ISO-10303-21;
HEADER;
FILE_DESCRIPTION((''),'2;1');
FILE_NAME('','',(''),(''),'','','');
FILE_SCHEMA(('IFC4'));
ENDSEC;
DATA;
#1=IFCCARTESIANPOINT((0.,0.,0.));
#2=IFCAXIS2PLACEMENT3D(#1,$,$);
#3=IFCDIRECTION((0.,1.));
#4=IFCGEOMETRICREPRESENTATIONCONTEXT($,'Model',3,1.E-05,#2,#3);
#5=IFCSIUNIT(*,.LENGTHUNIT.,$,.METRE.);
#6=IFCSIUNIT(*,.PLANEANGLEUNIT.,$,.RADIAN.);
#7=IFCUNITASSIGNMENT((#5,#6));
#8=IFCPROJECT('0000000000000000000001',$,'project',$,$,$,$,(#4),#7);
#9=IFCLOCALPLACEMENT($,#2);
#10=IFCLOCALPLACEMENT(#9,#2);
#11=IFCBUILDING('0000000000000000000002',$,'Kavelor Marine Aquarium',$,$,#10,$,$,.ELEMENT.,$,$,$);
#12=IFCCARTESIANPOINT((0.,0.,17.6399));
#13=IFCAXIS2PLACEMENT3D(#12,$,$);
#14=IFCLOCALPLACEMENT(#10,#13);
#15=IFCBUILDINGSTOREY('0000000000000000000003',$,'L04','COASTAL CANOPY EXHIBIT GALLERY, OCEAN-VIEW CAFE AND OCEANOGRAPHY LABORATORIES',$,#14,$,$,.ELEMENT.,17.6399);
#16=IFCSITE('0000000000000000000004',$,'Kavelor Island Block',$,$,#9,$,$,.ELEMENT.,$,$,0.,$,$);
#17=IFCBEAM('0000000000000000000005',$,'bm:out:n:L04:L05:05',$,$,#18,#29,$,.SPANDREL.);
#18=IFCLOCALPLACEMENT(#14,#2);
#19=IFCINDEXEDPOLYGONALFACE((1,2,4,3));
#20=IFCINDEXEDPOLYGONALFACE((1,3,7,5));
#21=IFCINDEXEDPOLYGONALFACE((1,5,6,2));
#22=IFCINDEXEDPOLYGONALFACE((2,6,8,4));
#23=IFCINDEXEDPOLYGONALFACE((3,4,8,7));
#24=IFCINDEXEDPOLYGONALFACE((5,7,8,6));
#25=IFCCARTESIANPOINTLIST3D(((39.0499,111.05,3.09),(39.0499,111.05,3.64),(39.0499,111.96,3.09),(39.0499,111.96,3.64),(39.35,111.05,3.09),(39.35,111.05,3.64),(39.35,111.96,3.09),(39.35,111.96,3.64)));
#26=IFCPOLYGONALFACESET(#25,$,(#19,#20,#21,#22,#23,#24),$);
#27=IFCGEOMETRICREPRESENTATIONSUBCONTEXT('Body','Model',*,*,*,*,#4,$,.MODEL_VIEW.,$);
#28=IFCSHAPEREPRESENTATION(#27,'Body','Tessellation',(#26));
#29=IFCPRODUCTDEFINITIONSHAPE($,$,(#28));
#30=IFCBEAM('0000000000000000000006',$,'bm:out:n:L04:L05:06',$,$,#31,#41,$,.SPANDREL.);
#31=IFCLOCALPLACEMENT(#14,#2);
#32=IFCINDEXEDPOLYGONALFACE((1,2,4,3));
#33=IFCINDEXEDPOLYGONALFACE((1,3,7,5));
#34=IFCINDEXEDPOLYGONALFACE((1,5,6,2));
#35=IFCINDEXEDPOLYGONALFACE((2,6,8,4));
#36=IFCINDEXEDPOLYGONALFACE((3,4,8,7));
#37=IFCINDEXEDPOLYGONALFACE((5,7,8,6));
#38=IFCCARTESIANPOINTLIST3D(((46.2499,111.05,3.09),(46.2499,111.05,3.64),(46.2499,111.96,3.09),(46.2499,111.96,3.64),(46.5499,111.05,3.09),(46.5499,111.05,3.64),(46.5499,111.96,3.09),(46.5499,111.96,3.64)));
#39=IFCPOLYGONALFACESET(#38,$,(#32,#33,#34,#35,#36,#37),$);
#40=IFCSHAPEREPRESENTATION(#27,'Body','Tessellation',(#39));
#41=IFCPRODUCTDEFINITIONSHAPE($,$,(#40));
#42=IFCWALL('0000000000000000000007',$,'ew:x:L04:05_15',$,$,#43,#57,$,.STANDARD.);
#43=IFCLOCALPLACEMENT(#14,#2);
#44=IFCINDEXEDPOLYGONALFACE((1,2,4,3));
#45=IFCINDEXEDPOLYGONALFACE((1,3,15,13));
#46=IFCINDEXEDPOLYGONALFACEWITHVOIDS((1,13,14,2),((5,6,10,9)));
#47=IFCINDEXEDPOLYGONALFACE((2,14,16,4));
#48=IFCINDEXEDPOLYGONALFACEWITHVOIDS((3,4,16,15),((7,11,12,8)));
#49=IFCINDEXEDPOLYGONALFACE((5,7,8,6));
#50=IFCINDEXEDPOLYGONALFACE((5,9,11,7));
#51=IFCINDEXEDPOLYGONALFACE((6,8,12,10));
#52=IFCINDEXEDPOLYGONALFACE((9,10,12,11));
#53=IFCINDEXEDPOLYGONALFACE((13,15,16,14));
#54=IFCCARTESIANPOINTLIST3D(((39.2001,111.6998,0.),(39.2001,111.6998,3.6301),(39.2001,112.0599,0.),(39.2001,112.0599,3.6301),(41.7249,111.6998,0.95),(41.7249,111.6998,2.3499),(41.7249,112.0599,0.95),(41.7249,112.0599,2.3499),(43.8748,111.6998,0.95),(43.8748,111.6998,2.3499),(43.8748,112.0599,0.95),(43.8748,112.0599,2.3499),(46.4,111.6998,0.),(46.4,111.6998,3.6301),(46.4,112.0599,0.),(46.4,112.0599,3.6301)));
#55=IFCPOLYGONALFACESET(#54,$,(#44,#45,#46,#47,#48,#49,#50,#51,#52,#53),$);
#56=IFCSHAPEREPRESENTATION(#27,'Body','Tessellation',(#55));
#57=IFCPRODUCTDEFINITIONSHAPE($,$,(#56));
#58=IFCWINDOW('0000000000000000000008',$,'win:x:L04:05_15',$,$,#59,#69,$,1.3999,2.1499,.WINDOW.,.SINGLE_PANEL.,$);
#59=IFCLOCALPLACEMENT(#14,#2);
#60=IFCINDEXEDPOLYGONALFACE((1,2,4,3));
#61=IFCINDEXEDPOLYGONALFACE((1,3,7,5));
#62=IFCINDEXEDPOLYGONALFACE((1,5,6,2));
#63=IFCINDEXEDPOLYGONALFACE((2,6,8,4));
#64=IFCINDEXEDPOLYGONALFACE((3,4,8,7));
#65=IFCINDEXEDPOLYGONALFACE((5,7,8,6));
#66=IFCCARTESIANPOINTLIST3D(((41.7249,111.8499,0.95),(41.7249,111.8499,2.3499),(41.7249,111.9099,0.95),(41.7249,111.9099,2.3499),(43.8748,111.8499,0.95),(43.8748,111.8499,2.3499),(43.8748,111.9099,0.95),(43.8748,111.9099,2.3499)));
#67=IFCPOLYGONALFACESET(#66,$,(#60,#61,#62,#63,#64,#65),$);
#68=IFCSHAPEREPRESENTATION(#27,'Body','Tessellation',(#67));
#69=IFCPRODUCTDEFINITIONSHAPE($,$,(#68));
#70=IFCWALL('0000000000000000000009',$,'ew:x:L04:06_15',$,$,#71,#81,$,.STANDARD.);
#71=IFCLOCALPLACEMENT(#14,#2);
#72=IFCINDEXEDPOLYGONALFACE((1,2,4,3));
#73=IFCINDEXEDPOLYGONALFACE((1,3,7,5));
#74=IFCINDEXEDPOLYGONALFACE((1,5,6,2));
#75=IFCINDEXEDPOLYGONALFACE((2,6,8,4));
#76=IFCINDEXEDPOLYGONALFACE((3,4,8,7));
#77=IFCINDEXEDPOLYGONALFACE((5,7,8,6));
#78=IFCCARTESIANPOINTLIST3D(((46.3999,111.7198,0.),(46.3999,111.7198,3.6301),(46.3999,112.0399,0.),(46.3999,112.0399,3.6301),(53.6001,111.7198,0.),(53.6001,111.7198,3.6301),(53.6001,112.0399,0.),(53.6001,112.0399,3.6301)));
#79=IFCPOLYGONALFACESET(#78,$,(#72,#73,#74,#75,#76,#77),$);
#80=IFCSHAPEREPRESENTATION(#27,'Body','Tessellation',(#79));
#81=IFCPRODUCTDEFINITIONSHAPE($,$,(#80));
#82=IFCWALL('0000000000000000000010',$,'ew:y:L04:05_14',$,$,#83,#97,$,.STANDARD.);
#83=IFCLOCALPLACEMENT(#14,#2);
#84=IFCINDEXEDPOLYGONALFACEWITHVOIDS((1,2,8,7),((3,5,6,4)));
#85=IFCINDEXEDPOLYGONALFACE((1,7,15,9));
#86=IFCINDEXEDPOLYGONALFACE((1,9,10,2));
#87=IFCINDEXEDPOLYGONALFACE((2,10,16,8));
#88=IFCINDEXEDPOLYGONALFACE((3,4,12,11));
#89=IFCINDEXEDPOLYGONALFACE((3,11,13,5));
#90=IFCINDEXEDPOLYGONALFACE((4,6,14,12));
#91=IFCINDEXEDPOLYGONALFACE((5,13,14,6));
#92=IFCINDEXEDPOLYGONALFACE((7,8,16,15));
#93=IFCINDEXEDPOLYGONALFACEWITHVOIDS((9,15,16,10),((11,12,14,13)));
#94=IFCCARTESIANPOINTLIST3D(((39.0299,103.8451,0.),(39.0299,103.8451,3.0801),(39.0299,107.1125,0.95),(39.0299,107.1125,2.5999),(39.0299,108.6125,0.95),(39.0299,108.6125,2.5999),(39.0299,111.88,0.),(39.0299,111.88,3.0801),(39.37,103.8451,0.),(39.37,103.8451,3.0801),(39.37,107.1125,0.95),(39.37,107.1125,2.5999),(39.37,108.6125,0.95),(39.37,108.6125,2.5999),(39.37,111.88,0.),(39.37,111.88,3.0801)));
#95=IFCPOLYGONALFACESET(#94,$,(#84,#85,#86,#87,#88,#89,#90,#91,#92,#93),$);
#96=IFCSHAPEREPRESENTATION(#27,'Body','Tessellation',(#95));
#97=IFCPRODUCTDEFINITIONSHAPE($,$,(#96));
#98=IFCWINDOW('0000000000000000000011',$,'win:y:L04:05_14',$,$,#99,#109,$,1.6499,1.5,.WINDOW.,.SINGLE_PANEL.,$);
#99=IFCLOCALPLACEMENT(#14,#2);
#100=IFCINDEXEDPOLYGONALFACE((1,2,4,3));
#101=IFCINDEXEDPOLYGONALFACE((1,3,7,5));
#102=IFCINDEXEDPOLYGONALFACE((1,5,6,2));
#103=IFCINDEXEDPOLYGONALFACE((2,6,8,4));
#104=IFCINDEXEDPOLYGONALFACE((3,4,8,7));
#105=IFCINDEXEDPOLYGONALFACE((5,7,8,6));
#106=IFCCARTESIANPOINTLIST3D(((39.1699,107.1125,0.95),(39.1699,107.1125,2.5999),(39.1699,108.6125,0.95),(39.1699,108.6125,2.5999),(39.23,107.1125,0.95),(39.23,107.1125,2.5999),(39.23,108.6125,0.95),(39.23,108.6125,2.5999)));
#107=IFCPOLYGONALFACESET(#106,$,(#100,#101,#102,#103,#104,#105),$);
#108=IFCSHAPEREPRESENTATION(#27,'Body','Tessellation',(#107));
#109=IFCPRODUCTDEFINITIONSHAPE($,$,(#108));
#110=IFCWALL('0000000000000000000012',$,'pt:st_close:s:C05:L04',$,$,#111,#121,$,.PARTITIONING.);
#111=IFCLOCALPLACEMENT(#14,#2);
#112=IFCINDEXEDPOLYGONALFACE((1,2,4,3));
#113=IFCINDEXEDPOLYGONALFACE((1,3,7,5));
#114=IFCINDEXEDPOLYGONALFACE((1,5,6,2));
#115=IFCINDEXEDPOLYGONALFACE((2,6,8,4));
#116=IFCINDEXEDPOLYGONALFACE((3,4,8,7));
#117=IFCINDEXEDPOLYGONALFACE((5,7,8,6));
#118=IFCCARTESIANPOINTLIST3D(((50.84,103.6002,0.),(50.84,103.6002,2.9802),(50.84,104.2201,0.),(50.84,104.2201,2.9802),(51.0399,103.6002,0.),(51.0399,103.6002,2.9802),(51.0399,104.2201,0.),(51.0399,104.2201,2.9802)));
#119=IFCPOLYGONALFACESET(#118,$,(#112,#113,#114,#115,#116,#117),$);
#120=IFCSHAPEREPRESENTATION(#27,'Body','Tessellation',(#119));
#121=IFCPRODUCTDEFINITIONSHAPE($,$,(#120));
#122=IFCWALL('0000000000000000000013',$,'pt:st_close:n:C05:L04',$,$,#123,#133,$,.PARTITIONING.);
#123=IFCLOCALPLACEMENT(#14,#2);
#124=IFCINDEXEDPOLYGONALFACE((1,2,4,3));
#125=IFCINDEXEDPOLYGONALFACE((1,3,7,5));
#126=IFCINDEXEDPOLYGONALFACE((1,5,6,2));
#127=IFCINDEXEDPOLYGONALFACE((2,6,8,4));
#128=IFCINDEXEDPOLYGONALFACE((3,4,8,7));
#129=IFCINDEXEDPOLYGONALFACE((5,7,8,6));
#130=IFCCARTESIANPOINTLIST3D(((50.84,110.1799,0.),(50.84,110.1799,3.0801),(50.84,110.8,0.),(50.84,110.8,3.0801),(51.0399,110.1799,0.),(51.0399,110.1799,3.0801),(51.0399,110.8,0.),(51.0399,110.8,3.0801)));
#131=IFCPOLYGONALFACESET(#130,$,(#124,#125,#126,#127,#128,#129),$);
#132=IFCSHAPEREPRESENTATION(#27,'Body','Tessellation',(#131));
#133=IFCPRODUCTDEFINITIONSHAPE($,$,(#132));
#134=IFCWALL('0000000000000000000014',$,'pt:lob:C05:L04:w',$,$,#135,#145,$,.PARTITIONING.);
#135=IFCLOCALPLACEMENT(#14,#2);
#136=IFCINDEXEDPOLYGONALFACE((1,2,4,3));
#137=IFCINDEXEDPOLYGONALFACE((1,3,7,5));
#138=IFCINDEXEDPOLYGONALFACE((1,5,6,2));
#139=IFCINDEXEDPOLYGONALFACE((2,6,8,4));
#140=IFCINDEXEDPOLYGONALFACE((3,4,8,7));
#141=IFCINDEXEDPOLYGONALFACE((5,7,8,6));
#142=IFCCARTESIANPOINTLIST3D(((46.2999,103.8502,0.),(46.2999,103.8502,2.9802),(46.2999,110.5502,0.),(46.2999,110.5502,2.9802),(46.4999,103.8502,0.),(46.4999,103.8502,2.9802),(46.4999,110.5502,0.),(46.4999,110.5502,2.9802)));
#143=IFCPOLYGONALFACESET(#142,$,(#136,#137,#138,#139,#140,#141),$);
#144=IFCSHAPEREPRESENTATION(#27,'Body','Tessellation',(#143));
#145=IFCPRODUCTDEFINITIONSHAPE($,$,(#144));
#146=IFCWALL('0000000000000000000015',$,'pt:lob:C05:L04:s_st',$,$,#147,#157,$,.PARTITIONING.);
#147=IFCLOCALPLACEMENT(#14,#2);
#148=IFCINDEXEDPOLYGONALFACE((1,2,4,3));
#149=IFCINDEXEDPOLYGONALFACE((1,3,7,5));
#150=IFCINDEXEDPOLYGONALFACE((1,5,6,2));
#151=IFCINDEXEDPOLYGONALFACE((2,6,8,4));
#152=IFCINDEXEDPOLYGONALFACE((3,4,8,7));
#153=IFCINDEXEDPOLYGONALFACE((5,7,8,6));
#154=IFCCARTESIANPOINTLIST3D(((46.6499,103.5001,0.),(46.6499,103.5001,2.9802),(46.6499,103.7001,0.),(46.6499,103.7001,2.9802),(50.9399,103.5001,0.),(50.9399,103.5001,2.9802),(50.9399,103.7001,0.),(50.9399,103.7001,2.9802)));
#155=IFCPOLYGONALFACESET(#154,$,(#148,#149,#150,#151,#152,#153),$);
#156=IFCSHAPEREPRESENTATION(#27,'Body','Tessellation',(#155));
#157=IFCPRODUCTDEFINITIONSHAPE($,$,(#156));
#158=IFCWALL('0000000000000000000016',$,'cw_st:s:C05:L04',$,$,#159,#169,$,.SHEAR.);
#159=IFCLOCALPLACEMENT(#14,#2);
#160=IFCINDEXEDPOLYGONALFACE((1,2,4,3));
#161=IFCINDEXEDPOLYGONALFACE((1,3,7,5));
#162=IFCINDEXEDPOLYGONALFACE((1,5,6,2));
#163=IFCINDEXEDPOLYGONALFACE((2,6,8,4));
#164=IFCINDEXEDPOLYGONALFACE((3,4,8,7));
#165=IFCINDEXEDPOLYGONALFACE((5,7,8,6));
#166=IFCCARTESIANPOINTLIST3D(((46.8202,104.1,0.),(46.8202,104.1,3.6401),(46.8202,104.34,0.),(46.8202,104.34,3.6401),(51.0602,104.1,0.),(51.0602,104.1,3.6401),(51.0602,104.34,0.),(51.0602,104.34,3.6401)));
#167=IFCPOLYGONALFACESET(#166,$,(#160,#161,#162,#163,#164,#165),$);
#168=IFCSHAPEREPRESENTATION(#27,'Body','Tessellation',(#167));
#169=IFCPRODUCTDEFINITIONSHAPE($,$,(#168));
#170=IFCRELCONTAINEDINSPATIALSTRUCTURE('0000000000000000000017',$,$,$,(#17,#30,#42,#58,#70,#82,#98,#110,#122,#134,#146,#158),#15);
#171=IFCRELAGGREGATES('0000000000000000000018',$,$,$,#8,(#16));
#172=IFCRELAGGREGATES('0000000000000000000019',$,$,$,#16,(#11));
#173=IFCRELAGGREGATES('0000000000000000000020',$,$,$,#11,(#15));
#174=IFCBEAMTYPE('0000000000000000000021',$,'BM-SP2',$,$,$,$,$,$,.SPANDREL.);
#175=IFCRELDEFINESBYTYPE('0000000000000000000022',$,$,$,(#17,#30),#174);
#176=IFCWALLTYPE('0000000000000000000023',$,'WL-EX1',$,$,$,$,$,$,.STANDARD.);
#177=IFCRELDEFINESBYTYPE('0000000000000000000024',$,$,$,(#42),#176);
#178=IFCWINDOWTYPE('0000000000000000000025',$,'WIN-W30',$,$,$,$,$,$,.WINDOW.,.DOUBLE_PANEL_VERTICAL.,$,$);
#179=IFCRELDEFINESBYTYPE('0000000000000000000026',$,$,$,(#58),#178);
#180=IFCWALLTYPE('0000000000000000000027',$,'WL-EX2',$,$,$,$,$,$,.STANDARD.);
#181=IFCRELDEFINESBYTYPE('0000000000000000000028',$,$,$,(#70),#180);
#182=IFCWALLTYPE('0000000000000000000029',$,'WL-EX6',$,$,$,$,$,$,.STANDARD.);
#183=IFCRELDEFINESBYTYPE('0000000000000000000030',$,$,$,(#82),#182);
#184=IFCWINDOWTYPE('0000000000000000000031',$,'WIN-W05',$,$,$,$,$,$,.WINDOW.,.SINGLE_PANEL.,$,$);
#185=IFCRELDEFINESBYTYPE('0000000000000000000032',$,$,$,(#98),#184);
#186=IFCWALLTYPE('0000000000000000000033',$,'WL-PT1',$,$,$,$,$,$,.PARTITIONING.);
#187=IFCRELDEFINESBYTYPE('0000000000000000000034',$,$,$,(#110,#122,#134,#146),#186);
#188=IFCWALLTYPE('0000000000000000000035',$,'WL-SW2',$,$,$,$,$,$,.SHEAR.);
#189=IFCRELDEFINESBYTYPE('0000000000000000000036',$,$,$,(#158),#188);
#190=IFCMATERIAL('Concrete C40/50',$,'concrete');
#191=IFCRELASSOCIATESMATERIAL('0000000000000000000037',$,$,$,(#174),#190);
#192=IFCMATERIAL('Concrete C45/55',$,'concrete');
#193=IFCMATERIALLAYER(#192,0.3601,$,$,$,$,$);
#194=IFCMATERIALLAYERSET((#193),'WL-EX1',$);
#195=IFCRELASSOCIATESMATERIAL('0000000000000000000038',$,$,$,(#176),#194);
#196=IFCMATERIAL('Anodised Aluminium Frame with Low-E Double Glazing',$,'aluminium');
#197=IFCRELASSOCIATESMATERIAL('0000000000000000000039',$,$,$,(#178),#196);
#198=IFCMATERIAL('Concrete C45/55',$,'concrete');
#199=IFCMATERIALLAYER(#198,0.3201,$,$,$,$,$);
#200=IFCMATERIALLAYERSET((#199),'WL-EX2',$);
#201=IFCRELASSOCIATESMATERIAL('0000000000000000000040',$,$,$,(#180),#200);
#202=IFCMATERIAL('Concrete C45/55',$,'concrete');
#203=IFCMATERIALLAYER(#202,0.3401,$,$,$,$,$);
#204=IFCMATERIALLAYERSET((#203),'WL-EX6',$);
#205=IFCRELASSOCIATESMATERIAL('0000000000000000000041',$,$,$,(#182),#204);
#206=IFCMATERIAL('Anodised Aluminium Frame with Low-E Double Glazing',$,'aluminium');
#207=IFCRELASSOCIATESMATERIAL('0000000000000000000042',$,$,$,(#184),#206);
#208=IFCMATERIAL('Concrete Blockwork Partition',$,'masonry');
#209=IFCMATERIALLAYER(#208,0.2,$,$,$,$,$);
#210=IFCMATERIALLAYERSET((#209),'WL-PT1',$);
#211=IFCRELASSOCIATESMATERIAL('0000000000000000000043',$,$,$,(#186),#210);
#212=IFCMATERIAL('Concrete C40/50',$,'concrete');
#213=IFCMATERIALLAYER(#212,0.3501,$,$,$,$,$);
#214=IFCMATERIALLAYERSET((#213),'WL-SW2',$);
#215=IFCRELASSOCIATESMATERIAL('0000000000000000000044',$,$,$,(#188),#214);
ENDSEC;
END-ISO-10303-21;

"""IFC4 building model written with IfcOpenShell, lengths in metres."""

from ifc_helpers import new_model, si_unit, direction, frame, frame_2d, origin, origin_2d, place, context, subcontext, project, spatial, rectangle, extrude, material, layer, layer_set, material_profile, profile_set, type_object, element, fill, save


model = new_model("IFC4")

# Units and contexts
model_context = context("Model", 3, precision=1e-05, world=origin(), true_north=direction((0.0, 1.0)))
body_context = subcontext(model_context, "Body", "Model", "MODEL_VIEW")
ifc_project = project(units=[si_unit("LENGTHUNIT", "METRE"), si_unit("PLANEANGLEUNIT", "RADIAN")], contexts=[model_context])

# Site, building, storey
site_placement = place(None, origin())
site = spatial("IfcSite", under=ifc_project, at=site_placement, Name="Kavelor Island Block", CompositionType="ELEMENT", RefElevation=0.0)
building_placement = place(site_placement, origin())
building = spatial("IfcBuilding", under=site, at=building_placement, Name="Kavelor Marine Aquarium", CompositionType="ELEMENT")
storey_placement = place(building_placement, frame((0.0, 0.0, 17.6399)))
storey = spatial("IfcBuildingStorey", under=building, at=storey_placement, Name="L04", Description="COASTAL CANOPY EXHIBIT GALLERY, OCEAN-VIEW CAFE AND OCEANOGRAPHY LABORATORIES", CompositionType="ELEMENT", Elevation=17.6399)

# Beams
ifc_material_1 = material(Name="Concrete C40/50", Category="concrete")
ifc_material_profile_1 = material_profile(ifc_material_1, rectangle(XDim=0.3, YDim=0.55, at=origin_2d()), Name="RC-SP 300x550")
ifc_profile_set_1 = profile_set([ifc_material_profile_1], Name="Concrete C40/50")
beam_type_1 = type_object("IfcBeamType", Name="BM-SP2", PredefinedType="SPANDREL", material=ifc_profile_set_1)
for number, where, z_axis, x_axis, name in (
    (1, (39.2, 111.05, 3.365), (0.0, 1.0, 0.0), (-1.0, 0.0, 0.0), "bm:out:n:L04:L05:05"),
    (2, (46.3999, 111.05, 3.365), (0.0, 1.0, 0.0), (-1.0, 0.0, 0.0), "bm:out:n:L04:L05:06"),
):
    element("IfcBeam", number, at=place(storey_placement, frame(where, z_axis=z_axis, x_axis=x_axis)), inside=storey, type_object=beam_type_1, Name=name, PredefinedType="SPANDREL", context=body_context, shape_type="SweptSolid", body=[
        extrude(rectangle(XDim=0.3, YDim=0.55, at=origin_2d()), origin(), (0.0, 0.0, 1.0), 0.9099),
    ])

# Wall, opening, window
ifc_material_2 = material(Name="Concrete C45/55", Category="concrete")
ifc_layer_1 = layer(ifc_material_2, 0.3601)
ifc_layer_set_1 = layer_set([ifc_layer_1], Name="WL-EX1")
wall_type_1 = type_object("IfcWallType", Name="WL-EX1", PredefinedType="STANDARD", material=ifc_layer_set_1)
wall_1_placement = place(storey_placement, frame((39.2, 111.8799, 0.0), z_axis=(0.0, 0.0, 1.0), x_axis=(1.0, 0.0, 0.0)))
wall_1 = element("IfcWall", 3, at=wall_1_placement, inside=storey, type_object=wall_type_1, Name="ew:x:L04:05_15", PredefinedType="STANDARD", context=body_context, shape_type="SweptSolid", body=[
    extrude(rectangle(XDim=7.2, YDim=0.3601, at=frame_2d((3.6001, 0.0))), origin(), (0.0, 0.0, 1.0), 3.6301),
])
opening_1_placement = place(wall_1_placement, frame((2.5249, 0.0, 0.95)))
opening_1 = element("IfcOpeningElement", 4, at=opening_1_placement, cuts=wall_1, PredefinedType="OPENING", context=body_context, shape_type="SweptSolid", body=[
    extrude(rectangle(XDim=2.1499, YDim=1.3999, at=frame_2d((1.075, 0.7))), frame((0.0, 0.1899, 0.0), z_axis=(0.0, -1.0, 0.0), x_axis=(1.0, 0.0, 0.0)), (0.0, 0.0, 1.0), 0.3801),
])
ifc_material_3 = material(Name="Anodised Aluminium Frame with Low-E Double Glazing", Category="aluminium")
window_type_1 = type_object("IfcWindowType", Name="WIN-W30", PartitioningType="DOUBLE_PANEL_VERTICAL", PredefinedType="WINDOW", material=ifc_material_3)
window_1_placement = place(opening_1_placement, origin())
window_1 = element("IfcWindow", 5, at=window_1_placement, inside=storey, type_object=window_type_1, Name="win:x:L04:05_15", OverallHeight=1.3999, OverallWidth=2.1499, PartitioningType="SINGLE_PANEL", PredefinedType="WINDOW", context=body_context, shape_type="SweptSolid", body=[
    extrude(rectangle(XDim=2.1499, YDim=1.3999, at=frame_2d((1.075, 0.7))), frame((0.0, 0.03, 0.0), z_axis=(0.0, -1.0, 0.0), x_axis=(1.0, 0.0, 0.0)), (0.0, 0.0, 1.0), 0.0601),
])
fill(opening_1, window_1)

# Wall
ifc_material_4 = material(Name="Concrete C45/55", Category="concrete")
ifc_layer_2 = layer(ifc_material_4, 0.3201)
ifc_layer_set_2 = layer_set([ifc_layer_2], Name="WL-EX2")
wall_type_2 = type_object("IfcWallType", Name="WL-EX2", PredefinedType="STANDARD", material=ifc_layer_set_2)
wall_2_placement = place(storey_placement, frame((46.3999, 111.8799, 0.0), z_axis=(0.0, 0.0, 1.0), x_axis=(1.0, 0.0, 0.0)))
element("IfcWall", 6, at=wall_2_placement, inside=storey, type_object=wall_type_2, Name="ew:x:L04:06_15", PredefinedType="STANDARD", context=body_context, shape_type="SweptSolid", body=[
    extrude(rectangle(XDim=7.2002, YDim=0.3201, at=frame_2d((3.6001, 0.0))), origin(), (0.0, 0.0, 1.0), 3.6301),
])

# Wall, opening, window
ifc_material_5 = material(Name="Concrete C45/55", Category="concrete")
ifc_layer_3 = layer(ifc_material_5, 0.3401)
ifc_layer_set_3 = layer_set([ifc_layer_3], Name="WL-EX6")
wall_type_3 = type_object("IfcWallType", Name="WL-EX6", PredefinedType="STANDARD", material=ifc_layer_set_3)
wall_3_placement = place(storey_placement, frame((39.2, 103.845, 0.0), z_axis=(0.0, 0.0, 1.0), x_axis=(0.0, 1.0, 0.0)))
wall_3 = element("IfcWall", 7, at=wall_3_placement, inside=storey, type_object=wall_type_3, Name="ew:y:L04:05_14", PredefinedType="STANDARD", context=body_context, shape_type="SweptSolid", body=[
    extrude(rectangle(XDim=8.0349, YDim=0.3401, at=frame_2d((4.0176, 0.0))), origin(), (0.0, 0.0, 1.0), 3.0801),
])
opening_2_placement = place(wall_3_placement, frame((3.2676, 0.0, 0.95)))
opening_2 = element("IfcOpeningElement", 8, at=opening_2_placement, cuts=wall_3, PredefinedType="OPENING", context=body_context, shape_type="SweptSolid", body=[
    extrude(rectangle(XDim=1.5, YDim=1.6499, at=frame_2d((0.75, 0.825))), frame((0.0, 0.1799, 0.0), z_axis=(0.0, -1.0, 0.0), x_axis=(1.0, 0.0, 0.0)), (0.0, 0.0, 1.0), 0.3601),
])
ifc_material_6 = material(Name="Anodised Aluminium Frame with Low-E Double Glazing", Category="aluminium")
window_type_2 = type_object("IfcWindowType", Name="WIN-W05", PartitioningType="SINGLE_PANEL", PredefinedType="WINDOW", material=ifc_material_6)
window_2_placement = place(opening_2_placement, origin())
window_2 = element("IfcWindow", 9, at=window_2_placement, inside=storey, type_object=window_type_2, Name="win:y:L04:05_14", OverallHeight=1.6499, OverallWidth=1.5, PartitioningType="SINGLE_PANEL", PredefinedType="WINDOW", context=body_context, shape_type="SweptSolid", body=[
    extrude(rectangle(XDim=1.5, YDim=1.6499, at=frame_2d((0.75, 0.825))), frame((0.0, 0.03, 0.0), z_axis=(0.0, -1.0, 0.0), x_axis=(1.0, 0.0, 0.0)), (0.0, 0.0, 1.0), 0.0601),
])
fill(opening_2, window_2)

# Walls
ifc_material_7 = material(Name="Concrete Blockwork Partition", Category="masonry")
ifc_layer_4 = layer(ifc_material_7, 0.2)
ifc_layer_set_4 = layer_set([ifc_layer_4], Name="WL-PT1")
wall_type_4 = type_object("IfcWallType", Name="WL-PT1", PredefinedType="PARTITIONING", material=ifc_layer_set_4)
wall_4_placement = place(storey_placement, frame((50.9399, 103.6001, 0.0), z_axis=(0.0, 0.0, 1.0), x_axis=(0.0, 1.0, 0.0)))
element("IfcWall", 10, at=wall_4_placement, inside=storey, type_object=wall_type_4, Name="pt:st_close:s:C05:L04", PredefinedType="PARTITIONING", context=body_context, shape_type="SweptSolid", body=[
    extrude(rectangle(XDim=0.6199, YDim=0.2, at=frame_2d((0.3101, 0.0))), origin(), (0.0, 0.0, 1.0), 2.9802),
])
wall_5_placement = place(storey_placement, frame((50.9399, 110.1799, 0.0), z_axis=(0.0, 0.0, 1.0), x_axis=(0.0, 1.0, 0.0)))
element("IfcWall", 11, at=wall_5_placement, inside=storey, type_object=wall_type_4, Name="pt:st_close:n:C05:L04", PredefinedType="PARTITIONING", context=body_context, shape_type="SweptSolid", body=[
    extrude(rectangle(XDim=0.6201, YDim=0.2, at=frame_2d((0.3101, 0.0))), origin(), (0.0, 0.0, 1.0), 3.0801),
])
wall_6_placement = place(storey_placement, frame((46.3999, 103.8501, 0.0), z_axis=(0.0, 0.0, 1.0), x_axis=(0.0, 1.0, 0.0)))
element("IfcWall", 12, at=wall_6_placement, inside=storey, type_object=wall_type_4, Name="pt:lob:C05:L04:w", PredefinedType="PARTITIONING", context=body_context, shape_type="SweptSolid", body=[
    extrude(rectangle(XDim=6.7, YDim=0.2, at=frame_2d((3.3501, 0.0))), origin(), (0.0, 0.0, 1.0), 2.9802),
])
wall_7_placement = place(storey_placement, frame((46.6499, 103.6001, 0.0), z_axis=(0.0, 0.0, 1.0), x_axis=(1.0, 0.0, 0.0)))
element("IfcWall", 13, at=wall_7_placement, inside=storey, type_object=wall_type_4, Name="pt:lob:C05:L04:s_st", PredefinedType="PARTITIONING", context=body_context, shape_type="SweptSolid", body=[
    extrude(rectangle(XDim=4.29, YDim=0.2, at=frame_2d((2.145, 0.0))), origin(), (0.0, 0.0, 1.0), 2.9802),
])

# Wall
ifc_material_8 = material(Name="Concrete C40/50", Category="concrete")
ifc_layer_5 = layer(ifc_material_8, 0.3501)
ifc_layer_set_5 = layer_set([ifc_layer_5], Name="WL-SW2")
wall_type_5 = type_object("IfcWallType", Name="WL-SW2", PredefinedType="SHEAR", material=ifc_layer_set_5)
for number, where, z_axis, x_axis, name in (
    (14, (46.8201, 104.22, 0.0), (0.0, 0.0, 1.0), (1.0, 0.0, 0.0), "cw_st:s:C05:L04"),
):
    element("IfcWall", number, at=place(storey_placement, frame(where, z_axis=z_axis, x_axis=x_axis)), inside=storey, type_object=wall_type_5, Name=name, PredefinedType="SHEAR", context=body_context, shape_type="SweptSolid", body=[
        extrude(rectangle(XDim=4.24, YDim=0.24, at=frame_2d((2.1201, 0.0))), origin(), (0.0, 0.0, 1.0), 3.6401),
    ])

save(model, "model.ifc")
